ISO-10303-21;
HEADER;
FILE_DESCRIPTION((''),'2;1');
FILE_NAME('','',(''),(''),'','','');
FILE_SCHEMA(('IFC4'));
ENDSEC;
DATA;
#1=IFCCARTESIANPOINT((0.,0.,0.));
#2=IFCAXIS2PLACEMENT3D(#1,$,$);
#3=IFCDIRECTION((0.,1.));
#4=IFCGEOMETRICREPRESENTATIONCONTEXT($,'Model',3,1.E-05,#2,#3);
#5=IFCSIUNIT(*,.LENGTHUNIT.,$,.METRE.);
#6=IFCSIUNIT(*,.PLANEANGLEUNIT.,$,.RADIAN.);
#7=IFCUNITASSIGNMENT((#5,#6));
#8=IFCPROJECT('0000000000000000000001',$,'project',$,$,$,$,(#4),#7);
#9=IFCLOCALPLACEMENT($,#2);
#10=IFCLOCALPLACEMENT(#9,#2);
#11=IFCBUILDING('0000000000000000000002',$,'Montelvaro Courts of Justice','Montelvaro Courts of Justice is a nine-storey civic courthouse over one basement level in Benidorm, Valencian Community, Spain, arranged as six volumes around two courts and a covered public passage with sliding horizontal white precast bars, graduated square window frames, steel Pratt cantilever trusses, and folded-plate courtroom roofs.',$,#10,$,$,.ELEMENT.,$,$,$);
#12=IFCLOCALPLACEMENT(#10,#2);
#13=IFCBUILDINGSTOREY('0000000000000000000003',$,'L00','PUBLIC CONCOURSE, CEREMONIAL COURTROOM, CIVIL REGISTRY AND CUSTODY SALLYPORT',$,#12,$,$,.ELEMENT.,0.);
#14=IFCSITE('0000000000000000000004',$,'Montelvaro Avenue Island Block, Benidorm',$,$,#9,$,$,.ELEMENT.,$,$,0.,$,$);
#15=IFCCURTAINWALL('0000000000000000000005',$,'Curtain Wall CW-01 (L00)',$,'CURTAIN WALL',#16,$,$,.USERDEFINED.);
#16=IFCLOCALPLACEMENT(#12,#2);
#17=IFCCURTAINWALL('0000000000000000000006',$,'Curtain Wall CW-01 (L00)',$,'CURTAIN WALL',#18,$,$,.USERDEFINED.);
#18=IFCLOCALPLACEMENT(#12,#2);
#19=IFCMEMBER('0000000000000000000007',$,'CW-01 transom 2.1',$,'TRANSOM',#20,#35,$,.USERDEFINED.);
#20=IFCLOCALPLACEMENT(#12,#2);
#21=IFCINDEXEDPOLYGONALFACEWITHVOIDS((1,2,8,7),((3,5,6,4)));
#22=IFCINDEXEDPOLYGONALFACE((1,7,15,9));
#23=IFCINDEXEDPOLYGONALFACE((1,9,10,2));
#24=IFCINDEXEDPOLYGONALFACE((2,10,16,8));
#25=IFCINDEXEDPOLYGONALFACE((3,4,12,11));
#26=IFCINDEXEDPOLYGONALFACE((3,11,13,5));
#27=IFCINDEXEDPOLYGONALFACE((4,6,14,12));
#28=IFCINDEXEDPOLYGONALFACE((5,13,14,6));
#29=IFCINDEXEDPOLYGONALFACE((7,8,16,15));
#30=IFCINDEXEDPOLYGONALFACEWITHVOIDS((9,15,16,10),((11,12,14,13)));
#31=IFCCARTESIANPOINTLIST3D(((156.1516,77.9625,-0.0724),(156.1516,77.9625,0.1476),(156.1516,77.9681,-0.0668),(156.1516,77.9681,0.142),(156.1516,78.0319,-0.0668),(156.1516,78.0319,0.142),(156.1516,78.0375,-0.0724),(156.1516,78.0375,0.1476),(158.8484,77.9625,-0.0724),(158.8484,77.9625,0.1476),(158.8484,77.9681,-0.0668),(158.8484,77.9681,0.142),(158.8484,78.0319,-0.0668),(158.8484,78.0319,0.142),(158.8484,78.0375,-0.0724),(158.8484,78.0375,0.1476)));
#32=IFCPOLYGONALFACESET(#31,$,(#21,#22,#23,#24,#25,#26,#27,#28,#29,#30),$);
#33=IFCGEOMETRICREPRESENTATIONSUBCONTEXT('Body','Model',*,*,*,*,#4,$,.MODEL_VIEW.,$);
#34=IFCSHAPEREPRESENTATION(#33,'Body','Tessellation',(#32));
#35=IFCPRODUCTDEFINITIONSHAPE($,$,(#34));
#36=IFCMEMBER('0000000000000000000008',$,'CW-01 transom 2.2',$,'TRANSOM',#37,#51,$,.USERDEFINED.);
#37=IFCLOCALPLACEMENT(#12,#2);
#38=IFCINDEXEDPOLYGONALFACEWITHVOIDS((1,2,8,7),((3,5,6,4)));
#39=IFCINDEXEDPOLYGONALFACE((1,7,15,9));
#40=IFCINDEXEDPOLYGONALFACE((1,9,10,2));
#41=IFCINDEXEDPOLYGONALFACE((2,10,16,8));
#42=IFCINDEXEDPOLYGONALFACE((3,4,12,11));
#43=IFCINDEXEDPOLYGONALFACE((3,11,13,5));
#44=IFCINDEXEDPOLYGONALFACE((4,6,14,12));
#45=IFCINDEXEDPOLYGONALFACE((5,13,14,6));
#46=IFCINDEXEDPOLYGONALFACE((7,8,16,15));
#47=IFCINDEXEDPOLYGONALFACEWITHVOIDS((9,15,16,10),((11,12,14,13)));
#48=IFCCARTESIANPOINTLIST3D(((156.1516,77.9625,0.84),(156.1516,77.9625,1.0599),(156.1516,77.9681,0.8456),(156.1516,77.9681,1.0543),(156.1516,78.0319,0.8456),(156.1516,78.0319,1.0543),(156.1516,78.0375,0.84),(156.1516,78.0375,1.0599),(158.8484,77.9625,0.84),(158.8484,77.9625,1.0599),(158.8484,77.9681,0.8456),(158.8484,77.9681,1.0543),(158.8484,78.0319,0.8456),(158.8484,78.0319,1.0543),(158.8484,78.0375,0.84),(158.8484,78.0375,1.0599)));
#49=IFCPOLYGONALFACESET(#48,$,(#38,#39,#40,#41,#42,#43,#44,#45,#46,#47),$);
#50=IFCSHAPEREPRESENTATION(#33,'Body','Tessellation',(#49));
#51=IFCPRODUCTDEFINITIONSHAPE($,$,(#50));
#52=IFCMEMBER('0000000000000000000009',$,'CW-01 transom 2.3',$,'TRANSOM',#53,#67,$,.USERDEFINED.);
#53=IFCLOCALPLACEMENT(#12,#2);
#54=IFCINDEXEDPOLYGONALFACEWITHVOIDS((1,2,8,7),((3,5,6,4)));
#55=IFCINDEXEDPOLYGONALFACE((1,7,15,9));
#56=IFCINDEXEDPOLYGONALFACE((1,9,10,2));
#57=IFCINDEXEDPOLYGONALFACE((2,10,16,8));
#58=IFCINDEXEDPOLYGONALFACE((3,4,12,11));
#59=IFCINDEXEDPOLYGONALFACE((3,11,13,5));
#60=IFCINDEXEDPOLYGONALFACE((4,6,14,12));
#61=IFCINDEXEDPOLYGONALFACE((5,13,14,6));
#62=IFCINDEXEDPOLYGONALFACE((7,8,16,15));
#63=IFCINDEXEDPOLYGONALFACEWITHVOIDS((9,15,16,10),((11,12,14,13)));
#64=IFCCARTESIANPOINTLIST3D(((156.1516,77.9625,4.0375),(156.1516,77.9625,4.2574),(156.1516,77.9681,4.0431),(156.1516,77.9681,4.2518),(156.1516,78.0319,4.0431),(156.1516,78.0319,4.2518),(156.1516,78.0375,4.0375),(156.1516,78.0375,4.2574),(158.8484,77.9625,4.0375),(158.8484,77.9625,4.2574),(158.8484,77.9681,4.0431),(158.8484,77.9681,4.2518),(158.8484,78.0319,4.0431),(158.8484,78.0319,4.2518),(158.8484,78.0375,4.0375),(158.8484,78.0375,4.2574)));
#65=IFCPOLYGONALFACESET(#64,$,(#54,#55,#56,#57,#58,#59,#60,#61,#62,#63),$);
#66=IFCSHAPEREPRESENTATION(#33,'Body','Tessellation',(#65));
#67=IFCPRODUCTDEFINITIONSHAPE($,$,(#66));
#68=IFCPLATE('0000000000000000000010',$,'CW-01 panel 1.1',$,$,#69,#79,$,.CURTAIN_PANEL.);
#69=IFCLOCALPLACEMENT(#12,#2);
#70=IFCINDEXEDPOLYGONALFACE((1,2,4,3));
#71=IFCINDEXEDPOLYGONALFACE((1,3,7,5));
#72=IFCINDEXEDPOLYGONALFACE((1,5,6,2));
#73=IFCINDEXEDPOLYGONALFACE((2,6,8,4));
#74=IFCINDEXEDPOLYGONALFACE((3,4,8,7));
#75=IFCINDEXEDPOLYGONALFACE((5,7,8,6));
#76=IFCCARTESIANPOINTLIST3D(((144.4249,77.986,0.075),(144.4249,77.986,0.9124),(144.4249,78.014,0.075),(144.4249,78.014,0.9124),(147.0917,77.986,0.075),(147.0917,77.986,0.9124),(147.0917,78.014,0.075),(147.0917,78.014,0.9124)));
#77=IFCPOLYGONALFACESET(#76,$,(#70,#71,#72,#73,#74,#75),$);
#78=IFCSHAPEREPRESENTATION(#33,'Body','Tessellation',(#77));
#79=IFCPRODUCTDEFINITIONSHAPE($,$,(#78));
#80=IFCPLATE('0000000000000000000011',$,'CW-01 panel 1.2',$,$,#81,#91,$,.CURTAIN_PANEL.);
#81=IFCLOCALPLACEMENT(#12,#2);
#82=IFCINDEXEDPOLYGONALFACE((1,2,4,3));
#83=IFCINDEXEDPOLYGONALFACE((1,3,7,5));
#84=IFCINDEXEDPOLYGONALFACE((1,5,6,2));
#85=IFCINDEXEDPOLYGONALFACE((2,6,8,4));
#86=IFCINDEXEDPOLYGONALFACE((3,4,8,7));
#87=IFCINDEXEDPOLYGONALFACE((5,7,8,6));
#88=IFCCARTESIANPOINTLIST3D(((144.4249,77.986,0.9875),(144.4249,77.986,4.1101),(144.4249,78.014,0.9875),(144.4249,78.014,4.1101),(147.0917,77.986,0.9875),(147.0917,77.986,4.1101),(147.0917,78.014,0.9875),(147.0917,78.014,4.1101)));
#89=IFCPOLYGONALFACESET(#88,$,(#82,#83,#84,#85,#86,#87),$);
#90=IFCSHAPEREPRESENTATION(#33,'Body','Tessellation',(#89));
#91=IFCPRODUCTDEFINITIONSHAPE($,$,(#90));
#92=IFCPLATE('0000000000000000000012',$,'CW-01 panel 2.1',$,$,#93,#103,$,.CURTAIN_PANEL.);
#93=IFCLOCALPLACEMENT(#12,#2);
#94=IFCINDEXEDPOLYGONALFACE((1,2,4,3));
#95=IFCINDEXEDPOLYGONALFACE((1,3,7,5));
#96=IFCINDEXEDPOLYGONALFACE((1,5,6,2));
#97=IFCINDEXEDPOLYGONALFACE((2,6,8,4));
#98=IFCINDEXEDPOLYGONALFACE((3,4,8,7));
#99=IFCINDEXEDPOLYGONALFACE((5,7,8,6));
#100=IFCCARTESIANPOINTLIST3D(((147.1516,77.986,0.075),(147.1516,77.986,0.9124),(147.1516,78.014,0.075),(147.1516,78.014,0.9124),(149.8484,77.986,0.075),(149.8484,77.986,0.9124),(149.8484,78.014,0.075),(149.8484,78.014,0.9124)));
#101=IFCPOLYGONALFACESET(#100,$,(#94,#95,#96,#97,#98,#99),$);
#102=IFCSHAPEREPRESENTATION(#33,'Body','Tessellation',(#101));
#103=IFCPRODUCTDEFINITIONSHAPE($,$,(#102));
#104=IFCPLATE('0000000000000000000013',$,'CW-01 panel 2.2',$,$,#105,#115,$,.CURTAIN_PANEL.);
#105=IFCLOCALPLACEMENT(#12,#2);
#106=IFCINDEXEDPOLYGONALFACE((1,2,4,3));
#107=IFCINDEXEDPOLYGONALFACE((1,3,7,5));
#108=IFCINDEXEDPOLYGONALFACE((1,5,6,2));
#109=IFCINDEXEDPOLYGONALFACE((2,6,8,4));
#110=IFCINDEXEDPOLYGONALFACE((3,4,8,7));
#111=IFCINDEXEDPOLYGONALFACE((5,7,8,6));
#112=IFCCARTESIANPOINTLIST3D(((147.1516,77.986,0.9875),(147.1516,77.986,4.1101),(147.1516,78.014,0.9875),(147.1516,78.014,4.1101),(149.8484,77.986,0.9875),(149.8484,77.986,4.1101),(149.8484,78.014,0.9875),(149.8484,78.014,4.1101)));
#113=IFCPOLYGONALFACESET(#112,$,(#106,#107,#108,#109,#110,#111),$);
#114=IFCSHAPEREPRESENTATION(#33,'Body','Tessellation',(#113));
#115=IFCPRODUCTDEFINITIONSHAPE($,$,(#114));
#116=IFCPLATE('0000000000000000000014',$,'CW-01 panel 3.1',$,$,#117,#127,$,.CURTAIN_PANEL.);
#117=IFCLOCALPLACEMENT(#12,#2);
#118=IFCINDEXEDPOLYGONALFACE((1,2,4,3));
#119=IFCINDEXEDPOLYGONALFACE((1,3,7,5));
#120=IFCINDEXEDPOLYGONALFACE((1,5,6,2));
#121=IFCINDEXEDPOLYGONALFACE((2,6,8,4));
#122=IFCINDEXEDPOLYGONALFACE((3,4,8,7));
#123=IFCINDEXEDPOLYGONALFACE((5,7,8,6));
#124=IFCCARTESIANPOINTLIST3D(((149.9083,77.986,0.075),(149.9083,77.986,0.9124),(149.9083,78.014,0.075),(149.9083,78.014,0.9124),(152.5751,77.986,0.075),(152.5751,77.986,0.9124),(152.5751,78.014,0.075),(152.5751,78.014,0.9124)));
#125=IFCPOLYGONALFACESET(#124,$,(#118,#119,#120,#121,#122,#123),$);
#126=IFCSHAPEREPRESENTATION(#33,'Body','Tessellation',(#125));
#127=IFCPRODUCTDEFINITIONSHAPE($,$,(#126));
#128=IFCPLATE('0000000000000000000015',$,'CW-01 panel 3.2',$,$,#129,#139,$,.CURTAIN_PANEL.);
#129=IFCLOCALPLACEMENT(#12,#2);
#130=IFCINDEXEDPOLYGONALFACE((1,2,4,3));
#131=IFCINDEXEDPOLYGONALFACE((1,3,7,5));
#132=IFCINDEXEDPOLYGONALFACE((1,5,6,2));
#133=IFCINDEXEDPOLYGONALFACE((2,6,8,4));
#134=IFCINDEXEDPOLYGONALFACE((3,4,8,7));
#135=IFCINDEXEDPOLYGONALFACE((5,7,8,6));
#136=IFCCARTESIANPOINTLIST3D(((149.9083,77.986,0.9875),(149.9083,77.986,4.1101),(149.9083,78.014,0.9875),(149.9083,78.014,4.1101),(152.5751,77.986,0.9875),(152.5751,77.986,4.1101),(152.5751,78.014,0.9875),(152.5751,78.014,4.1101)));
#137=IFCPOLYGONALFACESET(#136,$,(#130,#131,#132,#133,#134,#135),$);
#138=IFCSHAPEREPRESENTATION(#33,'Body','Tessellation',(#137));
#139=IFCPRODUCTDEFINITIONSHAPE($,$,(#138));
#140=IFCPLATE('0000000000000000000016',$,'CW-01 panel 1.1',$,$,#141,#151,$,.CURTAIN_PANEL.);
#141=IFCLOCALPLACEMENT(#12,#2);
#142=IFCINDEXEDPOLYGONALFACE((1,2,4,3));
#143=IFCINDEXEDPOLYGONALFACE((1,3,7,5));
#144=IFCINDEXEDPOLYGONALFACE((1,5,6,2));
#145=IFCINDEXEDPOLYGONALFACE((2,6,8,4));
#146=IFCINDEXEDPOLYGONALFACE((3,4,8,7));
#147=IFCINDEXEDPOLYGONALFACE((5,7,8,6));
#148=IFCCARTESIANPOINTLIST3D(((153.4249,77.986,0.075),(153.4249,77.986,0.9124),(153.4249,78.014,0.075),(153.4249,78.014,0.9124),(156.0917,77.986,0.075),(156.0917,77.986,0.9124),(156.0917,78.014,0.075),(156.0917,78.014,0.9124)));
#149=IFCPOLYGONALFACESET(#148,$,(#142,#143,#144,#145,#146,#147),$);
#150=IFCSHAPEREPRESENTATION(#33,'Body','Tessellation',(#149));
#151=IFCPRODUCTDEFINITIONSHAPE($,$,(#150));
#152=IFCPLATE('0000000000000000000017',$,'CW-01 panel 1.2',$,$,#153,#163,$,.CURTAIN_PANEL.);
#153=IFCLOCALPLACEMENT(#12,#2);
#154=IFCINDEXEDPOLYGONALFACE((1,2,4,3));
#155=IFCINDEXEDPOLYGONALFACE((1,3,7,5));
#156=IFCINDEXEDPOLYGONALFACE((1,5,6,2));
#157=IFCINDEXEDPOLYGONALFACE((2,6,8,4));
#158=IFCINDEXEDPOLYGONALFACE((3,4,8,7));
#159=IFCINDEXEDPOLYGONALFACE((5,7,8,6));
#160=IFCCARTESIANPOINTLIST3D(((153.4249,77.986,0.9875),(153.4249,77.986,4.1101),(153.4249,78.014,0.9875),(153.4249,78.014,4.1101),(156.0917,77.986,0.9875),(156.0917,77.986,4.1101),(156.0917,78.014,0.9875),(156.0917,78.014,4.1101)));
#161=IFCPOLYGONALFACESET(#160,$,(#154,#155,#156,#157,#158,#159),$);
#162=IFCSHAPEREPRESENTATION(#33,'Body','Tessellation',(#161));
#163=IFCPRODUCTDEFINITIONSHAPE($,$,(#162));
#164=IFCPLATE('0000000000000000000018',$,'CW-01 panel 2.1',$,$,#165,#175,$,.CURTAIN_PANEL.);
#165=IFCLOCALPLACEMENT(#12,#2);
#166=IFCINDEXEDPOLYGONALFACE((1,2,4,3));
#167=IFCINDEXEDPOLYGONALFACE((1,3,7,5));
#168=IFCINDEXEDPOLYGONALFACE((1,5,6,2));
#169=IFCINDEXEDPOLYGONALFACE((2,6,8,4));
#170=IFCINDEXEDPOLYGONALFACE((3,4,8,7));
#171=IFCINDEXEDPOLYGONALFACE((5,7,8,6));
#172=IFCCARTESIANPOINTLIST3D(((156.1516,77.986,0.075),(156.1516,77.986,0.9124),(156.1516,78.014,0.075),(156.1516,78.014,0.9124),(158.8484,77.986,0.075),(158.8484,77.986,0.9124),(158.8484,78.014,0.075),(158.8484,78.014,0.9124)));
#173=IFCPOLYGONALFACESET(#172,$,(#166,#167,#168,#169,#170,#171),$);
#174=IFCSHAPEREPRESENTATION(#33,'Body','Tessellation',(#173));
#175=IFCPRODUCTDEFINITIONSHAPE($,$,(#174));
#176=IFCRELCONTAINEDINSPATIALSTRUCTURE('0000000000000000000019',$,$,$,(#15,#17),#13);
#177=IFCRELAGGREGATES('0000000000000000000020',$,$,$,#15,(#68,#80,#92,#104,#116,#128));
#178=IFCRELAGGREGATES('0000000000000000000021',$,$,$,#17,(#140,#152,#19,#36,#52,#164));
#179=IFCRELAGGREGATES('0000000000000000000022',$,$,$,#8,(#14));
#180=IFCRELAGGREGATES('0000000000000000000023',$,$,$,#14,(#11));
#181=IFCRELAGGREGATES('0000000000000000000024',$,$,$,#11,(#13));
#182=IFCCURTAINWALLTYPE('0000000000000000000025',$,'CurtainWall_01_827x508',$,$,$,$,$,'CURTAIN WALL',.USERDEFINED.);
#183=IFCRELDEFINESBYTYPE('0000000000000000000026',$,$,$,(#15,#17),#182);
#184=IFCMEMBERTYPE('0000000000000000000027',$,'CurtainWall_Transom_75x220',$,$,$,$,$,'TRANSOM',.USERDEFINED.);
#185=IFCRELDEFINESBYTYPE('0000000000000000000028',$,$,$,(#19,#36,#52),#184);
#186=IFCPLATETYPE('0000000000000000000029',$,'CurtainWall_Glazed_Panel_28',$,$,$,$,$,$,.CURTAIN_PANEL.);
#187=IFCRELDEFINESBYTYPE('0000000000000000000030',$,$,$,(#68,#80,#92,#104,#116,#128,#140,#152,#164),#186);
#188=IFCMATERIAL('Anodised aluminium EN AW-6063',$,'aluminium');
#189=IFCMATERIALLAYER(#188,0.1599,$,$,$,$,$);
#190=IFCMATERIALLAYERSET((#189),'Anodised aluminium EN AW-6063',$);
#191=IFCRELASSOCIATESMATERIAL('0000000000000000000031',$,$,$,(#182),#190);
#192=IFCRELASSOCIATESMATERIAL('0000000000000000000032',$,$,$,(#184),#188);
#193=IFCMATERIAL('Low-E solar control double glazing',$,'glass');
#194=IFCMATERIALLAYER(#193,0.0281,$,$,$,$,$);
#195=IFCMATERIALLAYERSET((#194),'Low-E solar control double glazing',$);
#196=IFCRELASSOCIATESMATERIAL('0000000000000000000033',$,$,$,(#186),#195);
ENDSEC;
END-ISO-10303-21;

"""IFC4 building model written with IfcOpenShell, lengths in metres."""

from ifc_helpers import new_model, si_unit, direction, frame, origin, origin_2d, place, context, subcontext, project, spatial, rectangle, hollow_rectangle, extrude, material, layer, layer_set, material_profile, profile_set, type_object, element, aggregate, save


model = new_model("IFC4")

# Units and contexts
model_context = context("Model", 3, precision=1e-05, world=origin(), true_north=direction((0.0, 1.0)))
body_context = subcontext(model_context, "Body", "Model", "MODEL_VIEW")
ifc_project = project(units=[si_unit("LENGTHUNIT", "METRE"), si_unit("PLANEANGLEUNIT", "RADIAN")], contexts=[model_context])

# Site, building, storey
site_placement = place(None, origin())
site = spatial("IfcSite", under=ifc_project, at=site_placement, Name="Montelvaro Avenue Island Block, Benidorm", CompositionType="ELEMENT", RefElevation=0.0)
building_placement = place(site_placement, origin())
building = spatial("IfcBuilding", under=site, at=building_placement, Name="Montelvaro Courts of Justice", Description="Montelvaro Courts of Justice is a nine-storey civic courthouse over one basement level in Benidorm, Valencian Community, Spain, arranged as six volumes around two courts and a covered public passage with sliding horizontal white precast bars, graduated square window frames, steel Pratt cantilever trusses, and folded-plate courtroom roofs.", CompositionType="ELEMENT")
storey_placement = place(building_placement, origin())
storey = spatial("IfcBuildingStorey", under=building, at=storey_placement, Name="L00", Description="PUBLIC CONCOURSE, CEREMONIAL COURTROOM, CIVIL REGISTRY AND CUSTODY SALLYPORT", CompositionType="ELEMENT", Elevation=0.0)

# Curtain walls
ifc_material_1 = material(Name="Anodised aluminium EN AW-6063", Category="aluminium")
ifc_layer_1 = layer(ifc_material_1, 0.1599)
ifc_layer_set_1 = layer_set([ifc_layer_1], Name="Anodised aluminium EN AW-6063")
curtain_wall_type = type_object("IfcCurtainWallType", Name="CurtainWall_01_827x508", ElementType="CURTAIN WALL", PredefinedType="USERDEFINED", material=ifc_layer_set_1)
curtain_wall_1_placement = place(storey_placement, origin())
curtain_wall_1 = element("IfcCurtainWall", 1, at=curtain_wall_1_placement, inside=storey, type_object=curtain_wall_type, Name="Curtain Wall CW-01 (L00)", ObjectType="CURTAIN WALL", PredefinedType="USERDEFINED")
curtain_wall_2_placement = place(storey_placement, origin())
curtain_wall_2 = element("IfcCurtainWall", 2, at=curtain_wall_2_placement, inside=storey, type_object=curtain_wall_type, Name="Curtain Wall CW-01 (L00)", ObjectType="CURTAIN WALL", PredefinedType="USERDEFINED")

# Members
ifc_material_profile_1 = material_profile(ifc_material_1, hollow_rectangle(XDim=0.075, YDim=0.22, WallThickness=0.0056, at=origin_2d()), Name="ALU-T 75x220")
ifc_profile_set_1 = profile_set([ifc_material_profile_1], Name="Anodised aluminium EN AW-6063")
member_type_1 = type_object("IfcMemberType", Name="CurtainWall_Transom_75x220", ElementType="TRANSOM", PredefinedType="USERDEFINED", material=ifc_profile_set_1)
member_1_placement = place(storey_placement, frame((156.1516, 78.0, 0.0376), z_axis=(1.0, 0.0, 0.0), x_axis=(0.0, 1.0, 0.0)))
member_1 = element("IfcMember", 3, at=member_1_placement, type_object=member_type_1, Name="CW-01 transom 2.1", ObjectType="TRANSOM", PredefinedType="USERDEFINED", context=body_context, shape_type="SweptSolid", body=[
    extrude(hollow_rectangle(XDim=0.075, YDim=0.22, WallThickness=0.0056, at=origin_2d()), origin(), (0.0, 0.0, 1.0), 2.6968),
])
member_2_placement = place(storey_placement, frame((156.1516, 78.0, 0.95), z_axis=(1.0, 0.0, 0.0), x_axis=(0.0, 1.0, 0.0)))
member_2 = element("IfcMember", 4, at=member_2_placement, type_object=member_type_1, Name="CW-01 transom 2.2", ObjectType="TRANSOM", PredefinedType="USERDEFINED", context=body_context, shape_type="SweptSolid", body=[
    extrude(hollow_rectangle(XDim=0.075, YDim=0.22, WallThickness=0.0056, at=origin_2d()), origin(), (0.0, 0.0, 1.0), 2.6968),
])
member_3_placement = place(storey_placement, frame((156.1516, 78.0, 4.1475), z_axis=(1.0, 0.0, 0.0), x_axis=(0.0, 1.0, 0.0)))
member_3 = element("IfcMember", 5, at=member_3_placement, type_object=member_type_1, Name="CW-01 transom 2.3", ObjectType="TRANSOM", PredefinedType="USERDEFINED", context=body_context, shape_type="SweptSolid", body=[
    extrude(hollow_rectangle(XDim=0.075, YDim=0.22, WallThickness=0.0056, at=origin_2d()), origin(), (0.0, 0.0, 1.0), 2.6968),
])

# Plates
ifc_material_2 = material(Name="Low-E solar control double glazing", Category="glass")
ifc_layer_2 = layer(ifc_material_2, 0.0281)
ifc_layer_set_2 = layer_set([ifc_layer_2], Name="Low-E solar control double glazing")
plate_type = type_object("IfcPlateType", Name="CurtainWall_Glazed_Panel_28", PredefinedType="CURTAIN_PANEL", material=ifc_layer_set_2)
plate_1_placement = place(storey_placement, frame((145.7583, 78.0, 0.075), z_axis=(0.0, 0.0, 1.0), x_axis=(1.0, 0.0, 0.0)))
plate_1 = element("IfcPlate", 6, at=plate_1_placement, type_object=plate_type, Name="CW-01 panel 1.1", PredefinedType="CURTAIN_PANEL", context=body_context, shape_type="SweptSolid", body=[
    extrude(rectangle(XDim=2.6667, YDim=0.0281, at=origin_2d()), origin(), (0.0, 0.0, 1.0), 0.8374),
])
plate_2_placement = place(storey_placement, frame((145.7583, 78.0, 0.9875), z_axis=(0.0, 0.0, 1.0), x_axis=(1.0, 0.0, 0.0)))
plate_2 = element("IfcPlate", 7, at=plate_2_placement, type_object=plate_type, Name="CW-01 panel 1.2", PredefinedType="CURTAIN_PANEL", context=body_context, shape_type="SweptSolid", body=[
    extrude(rectangle(XDim=2.6667, YDim=0.0281, at=origin_2d()), origin(), (0.0, 0.0, 1.0), 3.1226),
])
plate_3_placement = place(storey_placement, frame((148.5, 78.0, 0.075), z_axis=(0.0, 0.0, 1.0), x_axis=(1.0, 0.0, 0.0)))
plate_3 = element("IfcPlate", 8, at=plate_3_placement, type_object=plate_type, Name="CW-01 panel 2.1", PredefinedType="CURTAIN_PANEL", context=body_context, shape_type="SweptSolid", body=[
    extrude(rectangle(XDim=2.6968, YDim=0.0281, at=origin_2d()), origin(), (0.0, 0.0, 1.0), 0.8374),
])
plate_4_placement = place(storey_placement, frame((148.5, 78.0, 0.9875), z_axis=(0.0, 0.0, 1.0), x_axis=(1.0, 0.0, 0.0)))
plate_4 = element("IfcPlate", 9, at=plate_4_placement, type_object=plate_type, Name="CW-01 panel 2.2", PredefinedType="CURTAIN_PANEL", context=body_context, shape_type="SweptSolid", body=[
    extrude(rectangle(XDim=2.6968, YDim=0.0281, at=origin_2d()), origin(), (0.0, 0.0, 1.0), 3.1226),
])
plate_5_placement = place(storey_placement, frame((151.2417, 78.0, 0.075), z_axis=(0.0, 0.0, 1.0), x_axis=(1.0, 0.0, 0.0)))
plate_5 = element("IfcPlate", 10, at=plate_5_placement, type_object=plate_type, Name="CW-01 panel 3.1", PredefinedType="CURTAIN_PANEL", context=body_context, shape_type="SweptSolid", body=[
    extrude(rectangle(XDim=2.6667, YDim=0.0281, at=origin_2d()), origin(), (0.0, 0.0, 1.0), 0.8374),
])
plate_6_placement = place(storey_placement, frame((151.2417, 78.0, 0.9875), z_axis=(0.0, 0.0, 1.0), x_axis=(1.0, 0.0, 0.0)))
plate_6 = element("IfcPlate", 11, at=plate_6_placement, type_object=plate_type, Name="CW-01 panel 3.2", PredefinedType="CURTAIN_PANEL", context=body_context, shape_type="SweptSolid", body=[
    extrude(rectangle(XDim=2.6667, YDim=0.0281, at=origin_2d()), origin(), (0.0, 0.0, 1.0), 3.1226),
])
aggregate(curtain_wall_1, [plate_1, plate_2, plate_3, plate_4, plate_5, plate_6])
plate_7_placement = place(storey_placement, frame((154.7583, 78.0, 0.075), z_axis=(0.0, 0.0, 1.0), x_axis=(1.0, 0.0, 0.0)))
plate_7 = element("IfcPlate", 12, at=plate_7_placement, type_object=plate_type, Name="CW-01 panel 1.1", PredefinedType="CURTAIN_PANEL", context=body_context, shape_type="SweptSolid", body=[
    extrude(rectangle(XDim=2.6667, YDim=0.0281, at=origin_2d()), origin(), (0.0, 0.0, 1.0), 0.8374),
])
plate_8_placement = place(storey_placement, frame((154.7583, 78.0, 0.9875), z_axis=(0.0, 0.0, 1.0), x_axis=(1.0, 0.0, 0.0)))
plate_8 = element("IfcPlate", 13, at=plate_8_placement, type_object=plate_type, Name="CW-01 panel 1.2", PredefinedType="CURTAIN_PANEL", context=body_context, shape_type="SweptSolid", body=[
    extrude(rectangle(XDim=2.6667, YDim=0.0281, at=origin_2d()), origin(), (0.0, 0.0, 1.0), 3.1226),
])
plate_9_placement = place(storey_placement, frame((157.5, 78.0, 0.075), z_axis=(0.0, 0.0, 1.0), x_axis=(1.0, 0.0, 0.0)))
plate_9 = element("IfcPlate", 14, at=plate_9_placement, type_object=plate_type, Name="CW-01 panel 2.1", PredefinedType="CURTAIN_PANEL", context=body_context, shape_type="SweptSolid", body=[
    extrude(rectangle(XDim=2.6968, YDim=0.0281, at=origin_2d()), origin(), (0.0, 0.0, 1.0), 0.8374),
])
aggregate(curtain_wall_2, [plate_7, plate_8, member_1, member_2, member_3, plate_9])

save(model, "model.ifc")
